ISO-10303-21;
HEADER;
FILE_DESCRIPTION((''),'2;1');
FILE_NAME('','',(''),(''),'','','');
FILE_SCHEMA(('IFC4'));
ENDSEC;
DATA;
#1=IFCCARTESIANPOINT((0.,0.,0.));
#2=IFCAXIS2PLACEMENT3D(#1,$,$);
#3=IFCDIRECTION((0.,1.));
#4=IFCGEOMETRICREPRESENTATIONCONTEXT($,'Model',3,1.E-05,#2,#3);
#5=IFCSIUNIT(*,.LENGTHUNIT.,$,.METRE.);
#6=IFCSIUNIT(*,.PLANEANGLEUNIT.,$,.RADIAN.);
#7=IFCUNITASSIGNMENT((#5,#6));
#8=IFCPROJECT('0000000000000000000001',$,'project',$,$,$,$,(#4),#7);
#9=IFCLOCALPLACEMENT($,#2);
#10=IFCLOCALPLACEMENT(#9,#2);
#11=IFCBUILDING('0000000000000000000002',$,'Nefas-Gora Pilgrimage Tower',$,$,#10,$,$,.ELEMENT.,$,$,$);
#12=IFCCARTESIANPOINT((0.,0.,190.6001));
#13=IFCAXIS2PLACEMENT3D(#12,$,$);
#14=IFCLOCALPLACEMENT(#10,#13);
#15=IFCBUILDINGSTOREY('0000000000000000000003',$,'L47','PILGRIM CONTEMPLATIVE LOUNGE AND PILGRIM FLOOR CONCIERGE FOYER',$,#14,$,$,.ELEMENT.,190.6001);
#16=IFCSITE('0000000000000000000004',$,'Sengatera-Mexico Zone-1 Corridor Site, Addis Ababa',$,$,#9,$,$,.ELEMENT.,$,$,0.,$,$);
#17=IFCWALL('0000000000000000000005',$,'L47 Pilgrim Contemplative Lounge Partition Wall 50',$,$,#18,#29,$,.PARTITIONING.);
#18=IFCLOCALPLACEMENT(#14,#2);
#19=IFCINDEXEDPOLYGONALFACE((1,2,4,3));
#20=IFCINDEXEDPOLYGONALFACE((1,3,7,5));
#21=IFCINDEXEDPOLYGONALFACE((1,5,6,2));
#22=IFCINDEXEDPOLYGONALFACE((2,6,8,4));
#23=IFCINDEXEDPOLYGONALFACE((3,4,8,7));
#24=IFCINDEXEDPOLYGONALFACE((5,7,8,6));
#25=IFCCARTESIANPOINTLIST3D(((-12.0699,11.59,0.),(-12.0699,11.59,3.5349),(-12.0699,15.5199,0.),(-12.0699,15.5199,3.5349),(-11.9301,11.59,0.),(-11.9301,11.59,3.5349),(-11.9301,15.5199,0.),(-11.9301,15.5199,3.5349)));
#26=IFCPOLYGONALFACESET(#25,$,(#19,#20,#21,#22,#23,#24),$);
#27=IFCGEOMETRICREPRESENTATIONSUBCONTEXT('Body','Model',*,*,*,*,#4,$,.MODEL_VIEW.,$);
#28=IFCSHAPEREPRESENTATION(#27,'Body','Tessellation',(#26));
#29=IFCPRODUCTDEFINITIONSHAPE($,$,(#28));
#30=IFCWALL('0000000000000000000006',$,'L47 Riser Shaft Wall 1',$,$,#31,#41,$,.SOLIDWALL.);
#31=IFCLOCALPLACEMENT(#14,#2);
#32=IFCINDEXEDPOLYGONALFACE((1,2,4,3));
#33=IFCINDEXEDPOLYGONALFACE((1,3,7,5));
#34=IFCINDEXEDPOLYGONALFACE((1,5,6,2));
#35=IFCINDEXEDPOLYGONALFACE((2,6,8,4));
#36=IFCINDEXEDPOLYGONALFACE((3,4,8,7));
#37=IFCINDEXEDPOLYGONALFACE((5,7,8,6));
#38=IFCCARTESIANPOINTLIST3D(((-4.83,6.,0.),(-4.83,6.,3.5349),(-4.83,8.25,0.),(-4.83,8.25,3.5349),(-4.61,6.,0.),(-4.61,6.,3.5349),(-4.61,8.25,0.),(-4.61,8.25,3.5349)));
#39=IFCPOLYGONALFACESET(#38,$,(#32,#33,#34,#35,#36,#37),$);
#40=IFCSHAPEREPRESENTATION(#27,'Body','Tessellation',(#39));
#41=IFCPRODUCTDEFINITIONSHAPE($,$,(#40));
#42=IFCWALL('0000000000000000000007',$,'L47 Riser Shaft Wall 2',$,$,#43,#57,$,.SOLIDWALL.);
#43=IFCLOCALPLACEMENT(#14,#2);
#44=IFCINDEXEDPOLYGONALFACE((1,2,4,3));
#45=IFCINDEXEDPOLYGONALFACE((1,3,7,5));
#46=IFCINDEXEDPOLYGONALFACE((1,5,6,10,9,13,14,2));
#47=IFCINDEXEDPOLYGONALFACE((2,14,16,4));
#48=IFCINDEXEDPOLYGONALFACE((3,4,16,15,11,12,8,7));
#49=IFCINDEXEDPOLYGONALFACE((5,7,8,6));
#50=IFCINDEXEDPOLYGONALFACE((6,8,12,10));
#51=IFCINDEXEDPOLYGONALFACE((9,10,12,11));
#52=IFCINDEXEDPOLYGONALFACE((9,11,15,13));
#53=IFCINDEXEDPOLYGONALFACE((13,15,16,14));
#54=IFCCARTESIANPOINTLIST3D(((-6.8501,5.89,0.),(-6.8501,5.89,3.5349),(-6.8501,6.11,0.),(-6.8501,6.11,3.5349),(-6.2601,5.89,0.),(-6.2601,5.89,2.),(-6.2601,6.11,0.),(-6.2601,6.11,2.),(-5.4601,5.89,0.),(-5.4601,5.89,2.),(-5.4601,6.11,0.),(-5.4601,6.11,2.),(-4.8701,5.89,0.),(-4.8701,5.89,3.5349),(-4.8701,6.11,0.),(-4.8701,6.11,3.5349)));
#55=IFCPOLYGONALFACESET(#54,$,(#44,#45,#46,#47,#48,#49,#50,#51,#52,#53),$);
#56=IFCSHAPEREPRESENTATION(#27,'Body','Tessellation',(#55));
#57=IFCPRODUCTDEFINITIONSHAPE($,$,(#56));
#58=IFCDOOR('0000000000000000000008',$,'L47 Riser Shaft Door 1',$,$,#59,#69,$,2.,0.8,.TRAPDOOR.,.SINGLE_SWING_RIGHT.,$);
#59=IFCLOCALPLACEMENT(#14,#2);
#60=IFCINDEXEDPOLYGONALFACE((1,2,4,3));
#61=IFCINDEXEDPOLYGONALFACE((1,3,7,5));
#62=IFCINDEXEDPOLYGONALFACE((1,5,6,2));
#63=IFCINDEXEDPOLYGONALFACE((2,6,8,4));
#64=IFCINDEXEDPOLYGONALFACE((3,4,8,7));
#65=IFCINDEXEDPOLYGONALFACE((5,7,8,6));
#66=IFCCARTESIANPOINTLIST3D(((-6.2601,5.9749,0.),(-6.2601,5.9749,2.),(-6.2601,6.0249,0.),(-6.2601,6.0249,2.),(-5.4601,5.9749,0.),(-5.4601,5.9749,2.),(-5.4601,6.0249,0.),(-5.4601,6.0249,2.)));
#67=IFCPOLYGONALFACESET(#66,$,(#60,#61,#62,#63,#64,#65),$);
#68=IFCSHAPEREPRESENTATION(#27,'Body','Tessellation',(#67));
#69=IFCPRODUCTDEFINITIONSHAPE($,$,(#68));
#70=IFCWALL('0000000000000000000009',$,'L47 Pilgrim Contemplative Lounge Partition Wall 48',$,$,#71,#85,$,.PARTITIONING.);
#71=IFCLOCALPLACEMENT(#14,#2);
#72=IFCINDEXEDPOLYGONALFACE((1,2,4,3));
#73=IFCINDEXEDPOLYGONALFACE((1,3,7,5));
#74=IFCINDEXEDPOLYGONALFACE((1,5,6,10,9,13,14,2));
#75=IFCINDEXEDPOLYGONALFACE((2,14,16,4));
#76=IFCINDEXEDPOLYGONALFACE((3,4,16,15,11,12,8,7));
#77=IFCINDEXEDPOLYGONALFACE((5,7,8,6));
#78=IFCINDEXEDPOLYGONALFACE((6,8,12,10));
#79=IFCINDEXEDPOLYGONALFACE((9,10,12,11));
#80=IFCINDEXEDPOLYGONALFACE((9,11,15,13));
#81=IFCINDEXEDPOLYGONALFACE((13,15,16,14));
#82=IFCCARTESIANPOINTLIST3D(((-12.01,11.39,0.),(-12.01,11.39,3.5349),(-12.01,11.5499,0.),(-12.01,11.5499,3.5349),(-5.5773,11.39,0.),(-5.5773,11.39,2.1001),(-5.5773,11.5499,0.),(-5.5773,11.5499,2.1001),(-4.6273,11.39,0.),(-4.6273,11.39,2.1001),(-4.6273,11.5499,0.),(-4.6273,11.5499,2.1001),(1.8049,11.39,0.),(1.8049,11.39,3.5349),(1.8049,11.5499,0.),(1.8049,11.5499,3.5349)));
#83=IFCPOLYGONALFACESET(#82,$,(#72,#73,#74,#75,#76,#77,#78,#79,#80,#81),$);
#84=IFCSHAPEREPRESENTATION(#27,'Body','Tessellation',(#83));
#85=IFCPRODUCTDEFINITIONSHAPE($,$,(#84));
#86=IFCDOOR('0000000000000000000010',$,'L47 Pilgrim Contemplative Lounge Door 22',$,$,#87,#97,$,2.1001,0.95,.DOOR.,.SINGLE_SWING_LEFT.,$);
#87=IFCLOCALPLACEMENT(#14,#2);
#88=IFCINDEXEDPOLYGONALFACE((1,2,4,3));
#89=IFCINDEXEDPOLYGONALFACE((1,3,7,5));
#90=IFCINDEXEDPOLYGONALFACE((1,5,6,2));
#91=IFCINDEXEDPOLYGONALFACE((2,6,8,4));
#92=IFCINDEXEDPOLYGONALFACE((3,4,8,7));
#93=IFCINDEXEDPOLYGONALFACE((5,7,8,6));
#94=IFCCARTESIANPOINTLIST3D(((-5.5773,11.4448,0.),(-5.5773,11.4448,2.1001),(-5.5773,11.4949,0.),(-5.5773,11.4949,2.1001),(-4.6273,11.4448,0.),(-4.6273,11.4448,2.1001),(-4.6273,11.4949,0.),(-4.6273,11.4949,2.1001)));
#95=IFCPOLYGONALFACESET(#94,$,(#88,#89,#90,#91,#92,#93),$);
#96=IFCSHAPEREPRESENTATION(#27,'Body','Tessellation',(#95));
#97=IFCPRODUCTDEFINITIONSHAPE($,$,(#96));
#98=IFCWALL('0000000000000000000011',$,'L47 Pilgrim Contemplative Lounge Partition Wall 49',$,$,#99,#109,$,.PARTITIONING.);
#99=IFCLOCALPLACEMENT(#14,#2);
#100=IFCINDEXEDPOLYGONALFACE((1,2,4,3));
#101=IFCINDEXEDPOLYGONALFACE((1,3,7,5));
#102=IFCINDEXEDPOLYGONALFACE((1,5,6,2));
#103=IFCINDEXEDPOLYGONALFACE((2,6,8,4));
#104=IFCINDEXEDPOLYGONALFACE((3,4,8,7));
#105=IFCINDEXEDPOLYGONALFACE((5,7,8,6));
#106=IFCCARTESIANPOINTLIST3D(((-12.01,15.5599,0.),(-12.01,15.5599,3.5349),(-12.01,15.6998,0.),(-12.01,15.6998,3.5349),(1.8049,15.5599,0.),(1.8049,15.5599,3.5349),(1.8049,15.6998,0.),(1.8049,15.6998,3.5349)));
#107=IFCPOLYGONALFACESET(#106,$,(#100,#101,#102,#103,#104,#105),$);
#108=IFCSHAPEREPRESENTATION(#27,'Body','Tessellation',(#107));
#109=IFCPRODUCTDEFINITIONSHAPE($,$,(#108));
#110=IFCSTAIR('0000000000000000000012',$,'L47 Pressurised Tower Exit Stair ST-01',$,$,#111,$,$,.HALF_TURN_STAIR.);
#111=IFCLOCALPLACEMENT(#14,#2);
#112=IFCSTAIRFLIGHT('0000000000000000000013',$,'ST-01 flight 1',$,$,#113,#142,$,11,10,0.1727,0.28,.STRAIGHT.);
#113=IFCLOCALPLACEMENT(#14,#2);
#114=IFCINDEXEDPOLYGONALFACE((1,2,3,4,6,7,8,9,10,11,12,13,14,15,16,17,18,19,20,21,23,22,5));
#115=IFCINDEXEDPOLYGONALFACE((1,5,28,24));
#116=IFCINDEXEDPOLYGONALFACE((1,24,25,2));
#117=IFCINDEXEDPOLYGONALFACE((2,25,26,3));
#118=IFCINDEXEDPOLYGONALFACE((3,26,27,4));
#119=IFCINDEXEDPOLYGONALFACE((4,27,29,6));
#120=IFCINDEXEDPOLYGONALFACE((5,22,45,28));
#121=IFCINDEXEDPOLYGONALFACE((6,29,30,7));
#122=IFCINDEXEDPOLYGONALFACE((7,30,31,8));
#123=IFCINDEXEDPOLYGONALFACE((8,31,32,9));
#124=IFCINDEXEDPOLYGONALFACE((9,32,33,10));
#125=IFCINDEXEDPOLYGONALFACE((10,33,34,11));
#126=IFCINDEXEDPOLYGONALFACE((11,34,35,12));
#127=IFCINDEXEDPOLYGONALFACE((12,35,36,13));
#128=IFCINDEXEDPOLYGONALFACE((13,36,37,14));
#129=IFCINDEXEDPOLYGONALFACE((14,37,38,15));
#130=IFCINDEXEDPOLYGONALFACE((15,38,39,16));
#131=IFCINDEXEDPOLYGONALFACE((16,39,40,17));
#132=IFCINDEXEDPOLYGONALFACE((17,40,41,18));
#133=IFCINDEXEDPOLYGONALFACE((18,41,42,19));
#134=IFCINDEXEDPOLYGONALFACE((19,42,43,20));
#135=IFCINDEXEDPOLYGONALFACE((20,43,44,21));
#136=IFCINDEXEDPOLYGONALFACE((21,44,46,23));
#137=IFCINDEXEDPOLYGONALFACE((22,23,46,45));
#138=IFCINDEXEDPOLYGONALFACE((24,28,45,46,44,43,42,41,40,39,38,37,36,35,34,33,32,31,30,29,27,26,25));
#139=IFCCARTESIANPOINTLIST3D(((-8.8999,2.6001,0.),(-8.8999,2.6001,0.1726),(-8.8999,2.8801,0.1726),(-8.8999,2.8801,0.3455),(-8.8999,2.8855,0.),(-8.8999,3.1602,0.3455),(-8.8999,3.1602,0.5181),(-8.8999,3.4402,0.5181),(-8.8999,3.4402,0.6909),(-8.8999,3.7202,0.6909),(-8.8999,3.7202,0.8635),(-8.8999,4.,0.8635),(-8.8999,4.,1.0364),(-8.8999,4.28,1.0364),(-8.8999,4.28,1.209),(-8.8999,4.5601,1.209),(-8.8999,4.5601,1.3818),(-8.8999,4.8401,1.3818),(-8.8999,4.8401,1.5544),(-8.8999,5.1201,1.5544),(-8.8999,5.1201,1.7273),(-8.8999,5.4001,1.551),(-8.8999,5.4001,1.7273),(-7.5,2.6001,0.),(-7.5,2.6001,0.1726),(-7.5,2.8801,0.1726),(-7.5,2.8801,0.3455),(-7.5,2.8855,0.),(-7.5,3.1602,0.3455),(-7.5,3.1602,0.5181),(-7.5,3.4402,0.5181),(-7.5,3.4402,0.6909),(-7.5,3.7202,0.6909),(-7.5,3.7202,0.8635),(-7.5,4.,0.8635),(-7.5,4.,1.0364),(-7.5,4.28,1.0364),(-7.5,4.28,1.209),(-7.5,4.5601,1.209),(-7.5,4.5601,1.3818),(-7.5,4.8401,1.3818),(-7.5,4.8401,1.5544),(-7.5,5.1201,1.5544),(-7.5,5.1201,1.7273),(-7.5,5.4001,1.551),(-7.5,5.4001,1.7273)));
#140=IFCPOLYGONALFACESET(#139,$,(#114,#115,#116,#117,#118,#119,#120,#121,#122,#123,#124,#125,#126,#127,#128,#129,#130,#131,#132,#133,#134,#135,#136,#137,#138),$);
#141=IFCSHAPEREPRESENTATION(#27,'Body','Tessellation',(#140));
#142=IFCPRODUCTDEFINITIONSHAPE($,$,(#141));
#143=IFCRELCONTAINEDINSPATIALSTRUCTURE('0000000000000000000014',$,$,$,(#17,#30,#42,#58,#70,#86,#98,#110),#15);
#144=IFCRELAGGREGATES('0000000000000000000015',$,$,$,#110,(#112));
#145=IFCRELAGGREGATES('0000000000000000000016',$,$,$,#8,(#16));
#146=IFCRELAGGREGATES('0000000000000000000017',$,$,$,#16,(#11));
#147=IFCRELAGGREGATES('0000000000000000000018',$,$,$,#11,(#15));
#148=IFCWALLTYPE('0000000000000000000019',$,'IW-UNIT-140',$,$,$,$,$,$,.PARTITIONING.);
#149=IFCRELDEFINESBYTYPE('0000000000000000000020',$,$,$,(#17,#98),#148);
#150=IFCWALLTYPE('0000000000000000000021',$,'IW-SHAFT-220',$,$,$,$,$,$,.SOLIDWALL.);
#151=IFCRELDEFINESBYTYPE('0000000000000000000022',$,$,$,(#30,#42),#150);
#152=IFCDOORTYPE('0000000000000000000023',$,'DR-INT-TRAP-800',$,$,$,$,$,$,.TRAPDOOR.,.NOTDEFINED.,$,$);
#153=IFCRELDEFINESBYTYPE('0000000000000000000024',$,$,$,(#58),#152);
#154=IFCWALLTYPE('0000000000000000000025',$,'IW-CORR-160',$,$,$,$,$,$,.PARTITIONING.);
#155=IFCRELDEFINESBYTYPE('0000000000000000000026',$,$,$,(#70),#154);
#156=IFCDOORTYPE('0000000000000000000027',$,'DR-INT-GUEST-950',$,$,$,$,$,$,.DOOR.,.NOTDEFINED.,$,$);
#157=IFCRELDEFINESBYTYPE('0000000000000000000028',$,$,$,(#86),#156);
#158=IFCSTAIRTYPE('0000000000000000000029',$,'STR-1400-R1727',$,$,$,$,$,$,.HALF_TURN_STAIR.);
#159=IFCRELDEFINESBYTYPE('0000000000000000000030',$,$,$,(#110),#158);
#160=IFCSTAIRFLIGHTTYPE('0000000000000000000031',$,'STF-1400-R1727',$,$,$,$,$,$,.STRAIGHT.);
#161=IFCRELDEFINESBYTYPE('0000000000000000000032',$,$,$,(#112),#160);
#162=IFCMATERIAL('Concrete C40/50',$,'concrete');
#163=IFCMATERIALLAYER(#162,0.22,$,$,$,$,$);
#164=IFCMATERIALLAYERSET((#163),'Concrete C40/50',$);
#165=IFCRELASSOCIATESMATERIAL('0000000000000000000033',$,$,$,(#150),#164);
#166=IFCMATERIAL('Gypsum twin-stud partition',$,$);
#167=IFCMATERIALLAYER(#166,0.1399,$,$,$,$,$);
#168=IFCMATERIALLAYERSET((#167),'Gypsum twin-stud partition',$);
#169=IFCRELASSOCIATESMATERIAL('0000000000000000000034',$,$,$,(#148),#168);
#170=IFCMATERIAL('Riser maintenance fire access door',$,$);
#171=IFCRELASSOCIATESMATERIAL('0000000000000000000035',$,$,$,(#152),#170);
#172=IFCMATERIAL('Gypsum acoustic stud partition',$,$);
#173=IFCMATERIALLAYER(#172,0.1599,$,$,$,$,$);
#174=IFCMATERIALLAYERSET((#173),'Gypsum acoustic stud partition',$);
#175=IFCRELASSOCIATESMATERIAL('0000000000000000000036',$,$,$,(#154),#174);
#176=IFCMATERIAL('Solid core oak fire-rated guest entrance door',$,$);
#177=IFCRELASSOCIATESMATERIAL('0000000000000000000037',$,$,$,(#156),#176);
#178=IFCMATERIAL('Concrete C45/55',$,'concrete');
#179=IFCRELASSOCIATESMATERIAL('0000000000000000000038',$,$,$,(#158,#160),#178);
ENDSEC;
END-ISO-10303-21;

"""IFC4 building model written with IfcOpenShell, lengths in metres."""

from ifc_helpers import new_model, si_unit, direction, frame, frame_2d, origin, place, context, subcontext, project, spatial, polyline, rectangle, outline, extrude, source, transform, mapped, material, layer, layer_set, type_object, element, fill, aggregate, save


model = new_model("IFC4")

# Units and contexts
model_context = context("Model", 3, precision=1e-05, world=origin(), true_north=direction((0.0, 1.0)))
body_context = subcontext(model_context, "Body", "Model", "MODEL_VIEW")
ifc_project = project(units=[si_unit("LENGTHUNIT", "METRE"), si_unit("PLANEANGLEUNIT", "RADIAN")], contexts=[model_context])

# Site, building, storey
site_placement = place(None, origin())
site = spatial("IfcSite", under=ifc_project, at=site_placement, Name="Sengatera-Mexico Zone-1 Corridor Site, Addis Ababa", CompositionType="ELEMENT", RefElevation=0.0)
building_placement = place(site_placement, origin())
building = spatial("IfcBuilding", under=site, at=building_placement, Name="Nefas-Gora Pilgrimage Tower", CompositionType="ELEMENT")
storey_placement = place(building_placement, frame((0.0, 0.0, 190.6001)))
storey = spatial("IfcBuildingStorey", under=building, at=storey_placement, Name="L47", Description="PILGRIM CONTEMPLATIVE LOUNGE AND PILGRIM FLOOR CONCIERGE FOYER", CompositionType="ELEMENT", Elevation=190.6001)

# Shared definitions
ifc_material_1 = material(Name="Concrete C45/55", Category="concrete")

# Shared definitions
ifc_material_2 = material(Name="Concrete C40/50", Category="concrete")
ifc_layer_1 = layer(ifc_material_2, 0.22)
ifc_layer_set_1 = layer_set([ifc_layer_1], Name="Concrete C40/50")
wall_type_1 = type_object("IfcWallType", Name="IW-SHAFT-220", PredefinedType="SOLIDWALL", material=ifc_layer_set_1)

# Walls
ifc_material_3 = material(Name="Gypsum twin-stud partition")
ifc_layer_2 = layer(ifc_material_3, 0.1399)
ifc_layer_set_2 = layer_set([ifc_layer_2], Name="Gypsum twin-stud partition")
wall_type_2 = type_object("IfcWallType", Name="IW-UNIT-140", PredefinedType="PARTITIONING", material=ifc_layer_set_2)
shared_shape_1 = source(origin(), body_context, "Body", "SweptSolid", [
    extrude(rectangle(XDim=3.9299, YDim=0.1399, at=frame_2d((1.9648, 0.0))), origin(), (0.0, 0.0, 1.0), 3.5349),
])
wall_1_placement = place(storey_placement, frame((-12.0, 11.5901, 0.0), z_axis=(0.0, 0.0, 1.0), x_axis=(0.0, 1.0, 0.0)))
element("IfcWall", 1, at=wall_1_placement, inside=storey, type_object=wall_type_2, Name="L47 Pilgrim Contemplative Lounge Partition Wall 50", PredefinedType="PARTITIONING", context=body_context, shape_type="MappedRepresentation", body=[
    mapped(shared_shape_1, transform((0.0, 0.0, 0.0), x_axis=(1.0, 0.0, 0.0), y_axis=(0.0, 1.0, 0.0), z_axis=(0.0, 0.0, 1.0), scale=1.0)),
])
shared_shape_2 = source(origin(), body_context, "Body", "SweptSolid", [
    extrude(rectangle(XDim=2.25, YDim=0.22, at=frame_2d((1.125, 0.0))), origin(), (0.0, 0.0, 1.0), 3.5349),
])
wall_2_placement = place(storey_placement, frame((-4.72, 6.0, 0.0), z_axis=(0.0, 0.0, 1.0), x_axis=(0.0, 1.0, 0.0)))
element("IfcWall", 2, at=wall_2_placement, inside=storey, type_object=wall_type_1, Name="L47 Riser Shaft Wall 1", PredefinedType="SOLIDWALL", context=body_context, shape_type="MappedRepresentation", body=[
    mapped(shared_shape_2, transform((0.0, 0.0, 0.0), x_axis=(1.0, 0.0, 0.0), y_axis=(0.0, 1.0, 0.0), z_axis=(0.0, 0.0, 1.0), scale=1.0)),
])

# Walls, openings, doors
shared_shape_3 = source(origin(), body_context, "Body", "SweptSolid", [
    extrude(rectangle(XDim=1.98, YDim=0.22, at=frame_2d((0.99, 0.0))), origin(), (0.0, 0.0, 1.0), 3.5349),
])
wall_3_placement = place(storey_placement, frame((-6.8501, 6.0, 0.0), z_axis=(0.0, 0.0, 1.0), x_axis=(1.0, 0.0, 0.0)))
wall_3 = element("IfcWall", 3, at=wall_3_placement, inside=storey, type_object=wall_type_1, Name="L47 Riser Shaft Wall 2", PredefinedType="SOLIDWALL", context=body_context, shape_type="MappedRepresentation", body=[
    mapped(shared_shape_3, transform((0.0, 0.0, 0.0), x_axis=(1.0, 0.0, 0.0), y_axis=(0.0, 1.0, 0.0), z_axis=(0.0, 0.0, 1.0), scale=1.0)),
])
opening_1_placement = place(wall_3_placement, frame((0.5901, 0.0, 0.0)))
opening_1 = element("IfcOpeningElement", 4, at=opening_1_placement, cuts=wall_3, PredefinedType="OPENING", context=body_context, shape_type="SweptSolid", body=[
    extrude(rectangle(XDim=0.8, YDim=2.0, at=frame_2d((0.3999, 1.0))), frame((0.0, 0.1199, 0.0), z_axis=(0.0, -1.0, 0.0), x_axis=(1.0, 0.0, 0.0)), (0.0, 0.0, 1.0), 0.24),
])
ifc_material_4 = material(Name="Riser maintenance fire access door")
door_type_1 = type_object("IfcDoorType", Name="DR-INT-TRAP-800", OperationType="NOTDEFINED", PredefinedType="TRAPDOOR", material=ifc_material_4)
shared_shape_4 = source(origin(), body_context, "Body", "SweptSolid", [
    extrude(rectangle(XDim=0.8, YDim=2.0, at=frame_2d((0.3999, 1.0))), frame((0.0, 0.0249, 0.0), z_axis=(0.0, -1.0, 0.0), x_axis=(1.0, 0.0, 0.0)), (0.0, 0.0, 1.0), 0.05),
])
door_1_placement = place(opening_1_placement, origin())
door_1 = element("IfcDoor", 5, at=door_1_placement, inside=storey, type_object=door_type_1, Name="L47 Riser Shaft Door 1", OperationType="SINGLE_SWING_RIGHT", OverallHeight=2.0, OverallWidth=0.8, PredefinedType="TRAPDOOR", context=body_context, shape_type="MappedRepresentation", body=[
    mapped(shared_shape_4, transform((0.0, 0.0, 0.0), x_axis=(1.0, 0.0, 0.0), y_axis=(0.0, 1.0, 0.0), z_axis=(0.0, 0.0, 1.0), scale=1.0)),
])
fill(opening_1, door_1)
ifc_material_5 = material(Name="Gypsum acoustic stud partition")
ifc_layer_3 = layer(ifc_material_5, 0.1599)
ifc_layer_set_3 = layer_set([ifc_layer_3], Name="Gypsum acoustic stud partition")
wall_type_3 = type_object("IfcWallType", Name="IW-CORR-160", PredefinedType="PARTITIONING", material=ifc_layer_set_3)
shared_shape_5 = source(origin(), body_context, "Body", "SweptSolid", [
    extrude(rectangle(XDim=13.8149, YDim=0.1599, at=frame_2d((6.9075, 0.0))), origin(), (0.0, 0.0, 1.0), 3.5349),
])
wall_4_placement = place(storey_placement, frame((-12.01, 11.47, 0.0), z_axis=(0.0, 0.0, 1.0), x_axis=(1.0, 0.0, 0.0)))
wall_4 = element("IfcWall", 6, at=wall_4_placement, inside=storey, type_object=wall_type_3, Name="L47 Pilgrim Contemplative Lounge Partition Wall 48", PredefinedType="PARTITIONING", context=body_context, shape_type="MappedRepresentation", body=[
    mapped(shared_shape_5, transform((0.0, 0.0, 0.0), x_axis=(1.0, 0.0, 0.0), y_axis=(0.0, 1.0, 0.0), z_axis=(0.0, 0.0, 1.0), scale=1.0)),
])
opening_2_placement = place(wall_4_placement, frame((6.4326, 0.0, 0.0)))
opening_2 = element("IfcOpeningElement", 7, at=opening_2_placement, cuts=wall_4, PredefinedType="OPENING", context=body_context, shape_type="SweptSolid", body=[
    extrude(rectangle(XDim=0.95, YDim=2.1001, at=frame_2d((0.4751, 1.05))), frame((0.0, 0.0898, 0.0), z_axis=(0.0, -1.0, 0.0), x_axis=(1.0, 0.0, 0.0)), (0.0, 0.0, 1.0), 0.1799),
])
ifc_material_6 = material(Name="Solid core oak fire-rated guest entrance door")
door_type_2 = type_object("IfcDoorType", Name="DR-INT-GUEST-950", OperationType="NOTDEFINED", PredefinedType="DOOR", material=ifc_material_6)
shared_shape_6 = source(origin(), body_context, "Body", "SweptSolid", [
    extrude(rectangle(XDim=0.95, YDim=2.1001, at=frame_2d((0.4751, 1.05))), frame((0.0, 0.0249, 0.0), z_axis=(0.0, -1.0, 0.0), x_axis=(1.0, 0.0, 0.0)), (0.0, 0.0, 1.0), 0.05),
])
door_2_placement = place(opening_2_placement, origin())
door_2 = element("IfcDoor", 8, at=door_2_placement, inside=storey, type_object=door_type_2, Name="L47 Pilgrim Contemplative Lounge Door 22", OperationType="SINGLE_SWING_LEFT", OverallHeight=2.1001, OverallWidth=0.95, PredefinedType="DOOR", context=body_context, shape_type="MappedRepresentation", body=[
    mapped(shared_shape_6, transform((0.0, 0.0, 0.0), x_axis=(1.0, 0.0, 0.0), y_axis=(0.0, 1.0, 0.0), z_axis=(0.0, 0.0, 1.0), scale=1.0)),
])
fill(opening_2, door_2)

# Wall
shared_shape_7 = source(origin(), body_context, "Body", "SweptSolid", [
    extrude(rectangle(XDim=13.8149, YDim=0.1399, at=frame_2d((6.9075, 0.0))), origin(), (0.0, 0.0, 1.0), 3.5349),
])
wall_5_placement = place(storey_placement, frame((-12.01, 15.6299, 0.0), z_axis=(0.0, 0.0, 1.0), x_axis=(1.0, 0.0, 0.0)))
element("IfcWall", 9, at=wall_5_placement, inside=storey, type_object=wall_type_2, Name="L47 Pilgrim Contemplative Lounge Partition Wall 49", PredefinedType="PARTITIONING", context=body_context, shape_type="MappedRepresentation", body=[
    mapped(shared_shape_7, transform((0.0, 0.0, 0.0), x_axis=(1.0, 0.0, 0.0), y_axis=(0.0, 1.0, 0.0), z_axis=(0.0, 0.0, 1.0), scale=1.0)),
])

# Stair, stair flight
stair_type = type_object("IfcStairType", Name="STR-1400-R1727", PredefinedType="HALF_TURN_STAIR", material=ifc_material_1)
stair_placement = place(storey_placement, origin())
stair = element("IfcStair", 10, at=stair_placement, inside=storey, type_object=stair_type, Name="L47 Pressurised Tower Exit Stair ST-01", PredefinedType="HALF_TURN_STAIR")
stair_flight_type = type_object("IfcStairFlightType", Name="STF-1400-R1727", PredefinedType="STRAIGHT", material=ifc_material_1)
shared_shape_8 = source(origin(), body_context, "Body", "SweptSolid", [
    extrude(outline(polyline([(0.0, 0.0), (0.0, 0.1726), (0.28, 0.1726), (0.28, 0.3455), (0.5601, 0.3455), (0.5601, 0.5181), (0.8401, 0.5181), (0.8401, 0.6909), (1.1201, 0.6909), (1.1201, 0.8635), (1.3999, 0.8635), (1.3999, 1.0364), (1.6799, 1.0364), (1.6799, 1.209), (1.96, 1.209), (1.96, 1.3818), (2.24, 1.3818), (2.24, 1.5544), (2.52, 1.5544), (2.52, 1.7273), (2.8, 1.7273), (2.8, 1.8999), (2.8, 1.551), (0.2854, 0.0), (0.0, 0.0)])), frame((0.0, 0.7, 0.0), z_axis=(0.0, -1.0, 0.0), x_axis=(1.0, 0.0, 0.0)), (0.0, 0.0, 1.0), 1.3999),
])
stair_flight_1_placement = place(storey_placement, frame((-8.2, 2.6001, 0.0), z_axis=(0.0, 0.0, 1.0), x_axis=(0.0, 1.0, 0.0)))
stair_flight_1 = element("IfcStairFlight", 11, at=stair_flight_1_placement, type_object=stair_flight_type, Name="ST-01 flight 1", NumberOfRisers=11, NumberOfTreads=10, PredefinedType="STRAIGHT", RiserHeight=0.1727, TreadLength=0.28, context=body_context, shape_type="MappedRepresentation", body=[
    mapped(shared_shape_8, transform((0.0, 0.0, 0.0), x_axis=(1.0, 0.0, 0.0), y_axis=(0.0, 1.0, 0.0), z_axis=(0.0, 0.0, 1.0), scale=1.0)),
])
aggregate(stair, [stair_flight_1])

save(model, "model.ifc")
